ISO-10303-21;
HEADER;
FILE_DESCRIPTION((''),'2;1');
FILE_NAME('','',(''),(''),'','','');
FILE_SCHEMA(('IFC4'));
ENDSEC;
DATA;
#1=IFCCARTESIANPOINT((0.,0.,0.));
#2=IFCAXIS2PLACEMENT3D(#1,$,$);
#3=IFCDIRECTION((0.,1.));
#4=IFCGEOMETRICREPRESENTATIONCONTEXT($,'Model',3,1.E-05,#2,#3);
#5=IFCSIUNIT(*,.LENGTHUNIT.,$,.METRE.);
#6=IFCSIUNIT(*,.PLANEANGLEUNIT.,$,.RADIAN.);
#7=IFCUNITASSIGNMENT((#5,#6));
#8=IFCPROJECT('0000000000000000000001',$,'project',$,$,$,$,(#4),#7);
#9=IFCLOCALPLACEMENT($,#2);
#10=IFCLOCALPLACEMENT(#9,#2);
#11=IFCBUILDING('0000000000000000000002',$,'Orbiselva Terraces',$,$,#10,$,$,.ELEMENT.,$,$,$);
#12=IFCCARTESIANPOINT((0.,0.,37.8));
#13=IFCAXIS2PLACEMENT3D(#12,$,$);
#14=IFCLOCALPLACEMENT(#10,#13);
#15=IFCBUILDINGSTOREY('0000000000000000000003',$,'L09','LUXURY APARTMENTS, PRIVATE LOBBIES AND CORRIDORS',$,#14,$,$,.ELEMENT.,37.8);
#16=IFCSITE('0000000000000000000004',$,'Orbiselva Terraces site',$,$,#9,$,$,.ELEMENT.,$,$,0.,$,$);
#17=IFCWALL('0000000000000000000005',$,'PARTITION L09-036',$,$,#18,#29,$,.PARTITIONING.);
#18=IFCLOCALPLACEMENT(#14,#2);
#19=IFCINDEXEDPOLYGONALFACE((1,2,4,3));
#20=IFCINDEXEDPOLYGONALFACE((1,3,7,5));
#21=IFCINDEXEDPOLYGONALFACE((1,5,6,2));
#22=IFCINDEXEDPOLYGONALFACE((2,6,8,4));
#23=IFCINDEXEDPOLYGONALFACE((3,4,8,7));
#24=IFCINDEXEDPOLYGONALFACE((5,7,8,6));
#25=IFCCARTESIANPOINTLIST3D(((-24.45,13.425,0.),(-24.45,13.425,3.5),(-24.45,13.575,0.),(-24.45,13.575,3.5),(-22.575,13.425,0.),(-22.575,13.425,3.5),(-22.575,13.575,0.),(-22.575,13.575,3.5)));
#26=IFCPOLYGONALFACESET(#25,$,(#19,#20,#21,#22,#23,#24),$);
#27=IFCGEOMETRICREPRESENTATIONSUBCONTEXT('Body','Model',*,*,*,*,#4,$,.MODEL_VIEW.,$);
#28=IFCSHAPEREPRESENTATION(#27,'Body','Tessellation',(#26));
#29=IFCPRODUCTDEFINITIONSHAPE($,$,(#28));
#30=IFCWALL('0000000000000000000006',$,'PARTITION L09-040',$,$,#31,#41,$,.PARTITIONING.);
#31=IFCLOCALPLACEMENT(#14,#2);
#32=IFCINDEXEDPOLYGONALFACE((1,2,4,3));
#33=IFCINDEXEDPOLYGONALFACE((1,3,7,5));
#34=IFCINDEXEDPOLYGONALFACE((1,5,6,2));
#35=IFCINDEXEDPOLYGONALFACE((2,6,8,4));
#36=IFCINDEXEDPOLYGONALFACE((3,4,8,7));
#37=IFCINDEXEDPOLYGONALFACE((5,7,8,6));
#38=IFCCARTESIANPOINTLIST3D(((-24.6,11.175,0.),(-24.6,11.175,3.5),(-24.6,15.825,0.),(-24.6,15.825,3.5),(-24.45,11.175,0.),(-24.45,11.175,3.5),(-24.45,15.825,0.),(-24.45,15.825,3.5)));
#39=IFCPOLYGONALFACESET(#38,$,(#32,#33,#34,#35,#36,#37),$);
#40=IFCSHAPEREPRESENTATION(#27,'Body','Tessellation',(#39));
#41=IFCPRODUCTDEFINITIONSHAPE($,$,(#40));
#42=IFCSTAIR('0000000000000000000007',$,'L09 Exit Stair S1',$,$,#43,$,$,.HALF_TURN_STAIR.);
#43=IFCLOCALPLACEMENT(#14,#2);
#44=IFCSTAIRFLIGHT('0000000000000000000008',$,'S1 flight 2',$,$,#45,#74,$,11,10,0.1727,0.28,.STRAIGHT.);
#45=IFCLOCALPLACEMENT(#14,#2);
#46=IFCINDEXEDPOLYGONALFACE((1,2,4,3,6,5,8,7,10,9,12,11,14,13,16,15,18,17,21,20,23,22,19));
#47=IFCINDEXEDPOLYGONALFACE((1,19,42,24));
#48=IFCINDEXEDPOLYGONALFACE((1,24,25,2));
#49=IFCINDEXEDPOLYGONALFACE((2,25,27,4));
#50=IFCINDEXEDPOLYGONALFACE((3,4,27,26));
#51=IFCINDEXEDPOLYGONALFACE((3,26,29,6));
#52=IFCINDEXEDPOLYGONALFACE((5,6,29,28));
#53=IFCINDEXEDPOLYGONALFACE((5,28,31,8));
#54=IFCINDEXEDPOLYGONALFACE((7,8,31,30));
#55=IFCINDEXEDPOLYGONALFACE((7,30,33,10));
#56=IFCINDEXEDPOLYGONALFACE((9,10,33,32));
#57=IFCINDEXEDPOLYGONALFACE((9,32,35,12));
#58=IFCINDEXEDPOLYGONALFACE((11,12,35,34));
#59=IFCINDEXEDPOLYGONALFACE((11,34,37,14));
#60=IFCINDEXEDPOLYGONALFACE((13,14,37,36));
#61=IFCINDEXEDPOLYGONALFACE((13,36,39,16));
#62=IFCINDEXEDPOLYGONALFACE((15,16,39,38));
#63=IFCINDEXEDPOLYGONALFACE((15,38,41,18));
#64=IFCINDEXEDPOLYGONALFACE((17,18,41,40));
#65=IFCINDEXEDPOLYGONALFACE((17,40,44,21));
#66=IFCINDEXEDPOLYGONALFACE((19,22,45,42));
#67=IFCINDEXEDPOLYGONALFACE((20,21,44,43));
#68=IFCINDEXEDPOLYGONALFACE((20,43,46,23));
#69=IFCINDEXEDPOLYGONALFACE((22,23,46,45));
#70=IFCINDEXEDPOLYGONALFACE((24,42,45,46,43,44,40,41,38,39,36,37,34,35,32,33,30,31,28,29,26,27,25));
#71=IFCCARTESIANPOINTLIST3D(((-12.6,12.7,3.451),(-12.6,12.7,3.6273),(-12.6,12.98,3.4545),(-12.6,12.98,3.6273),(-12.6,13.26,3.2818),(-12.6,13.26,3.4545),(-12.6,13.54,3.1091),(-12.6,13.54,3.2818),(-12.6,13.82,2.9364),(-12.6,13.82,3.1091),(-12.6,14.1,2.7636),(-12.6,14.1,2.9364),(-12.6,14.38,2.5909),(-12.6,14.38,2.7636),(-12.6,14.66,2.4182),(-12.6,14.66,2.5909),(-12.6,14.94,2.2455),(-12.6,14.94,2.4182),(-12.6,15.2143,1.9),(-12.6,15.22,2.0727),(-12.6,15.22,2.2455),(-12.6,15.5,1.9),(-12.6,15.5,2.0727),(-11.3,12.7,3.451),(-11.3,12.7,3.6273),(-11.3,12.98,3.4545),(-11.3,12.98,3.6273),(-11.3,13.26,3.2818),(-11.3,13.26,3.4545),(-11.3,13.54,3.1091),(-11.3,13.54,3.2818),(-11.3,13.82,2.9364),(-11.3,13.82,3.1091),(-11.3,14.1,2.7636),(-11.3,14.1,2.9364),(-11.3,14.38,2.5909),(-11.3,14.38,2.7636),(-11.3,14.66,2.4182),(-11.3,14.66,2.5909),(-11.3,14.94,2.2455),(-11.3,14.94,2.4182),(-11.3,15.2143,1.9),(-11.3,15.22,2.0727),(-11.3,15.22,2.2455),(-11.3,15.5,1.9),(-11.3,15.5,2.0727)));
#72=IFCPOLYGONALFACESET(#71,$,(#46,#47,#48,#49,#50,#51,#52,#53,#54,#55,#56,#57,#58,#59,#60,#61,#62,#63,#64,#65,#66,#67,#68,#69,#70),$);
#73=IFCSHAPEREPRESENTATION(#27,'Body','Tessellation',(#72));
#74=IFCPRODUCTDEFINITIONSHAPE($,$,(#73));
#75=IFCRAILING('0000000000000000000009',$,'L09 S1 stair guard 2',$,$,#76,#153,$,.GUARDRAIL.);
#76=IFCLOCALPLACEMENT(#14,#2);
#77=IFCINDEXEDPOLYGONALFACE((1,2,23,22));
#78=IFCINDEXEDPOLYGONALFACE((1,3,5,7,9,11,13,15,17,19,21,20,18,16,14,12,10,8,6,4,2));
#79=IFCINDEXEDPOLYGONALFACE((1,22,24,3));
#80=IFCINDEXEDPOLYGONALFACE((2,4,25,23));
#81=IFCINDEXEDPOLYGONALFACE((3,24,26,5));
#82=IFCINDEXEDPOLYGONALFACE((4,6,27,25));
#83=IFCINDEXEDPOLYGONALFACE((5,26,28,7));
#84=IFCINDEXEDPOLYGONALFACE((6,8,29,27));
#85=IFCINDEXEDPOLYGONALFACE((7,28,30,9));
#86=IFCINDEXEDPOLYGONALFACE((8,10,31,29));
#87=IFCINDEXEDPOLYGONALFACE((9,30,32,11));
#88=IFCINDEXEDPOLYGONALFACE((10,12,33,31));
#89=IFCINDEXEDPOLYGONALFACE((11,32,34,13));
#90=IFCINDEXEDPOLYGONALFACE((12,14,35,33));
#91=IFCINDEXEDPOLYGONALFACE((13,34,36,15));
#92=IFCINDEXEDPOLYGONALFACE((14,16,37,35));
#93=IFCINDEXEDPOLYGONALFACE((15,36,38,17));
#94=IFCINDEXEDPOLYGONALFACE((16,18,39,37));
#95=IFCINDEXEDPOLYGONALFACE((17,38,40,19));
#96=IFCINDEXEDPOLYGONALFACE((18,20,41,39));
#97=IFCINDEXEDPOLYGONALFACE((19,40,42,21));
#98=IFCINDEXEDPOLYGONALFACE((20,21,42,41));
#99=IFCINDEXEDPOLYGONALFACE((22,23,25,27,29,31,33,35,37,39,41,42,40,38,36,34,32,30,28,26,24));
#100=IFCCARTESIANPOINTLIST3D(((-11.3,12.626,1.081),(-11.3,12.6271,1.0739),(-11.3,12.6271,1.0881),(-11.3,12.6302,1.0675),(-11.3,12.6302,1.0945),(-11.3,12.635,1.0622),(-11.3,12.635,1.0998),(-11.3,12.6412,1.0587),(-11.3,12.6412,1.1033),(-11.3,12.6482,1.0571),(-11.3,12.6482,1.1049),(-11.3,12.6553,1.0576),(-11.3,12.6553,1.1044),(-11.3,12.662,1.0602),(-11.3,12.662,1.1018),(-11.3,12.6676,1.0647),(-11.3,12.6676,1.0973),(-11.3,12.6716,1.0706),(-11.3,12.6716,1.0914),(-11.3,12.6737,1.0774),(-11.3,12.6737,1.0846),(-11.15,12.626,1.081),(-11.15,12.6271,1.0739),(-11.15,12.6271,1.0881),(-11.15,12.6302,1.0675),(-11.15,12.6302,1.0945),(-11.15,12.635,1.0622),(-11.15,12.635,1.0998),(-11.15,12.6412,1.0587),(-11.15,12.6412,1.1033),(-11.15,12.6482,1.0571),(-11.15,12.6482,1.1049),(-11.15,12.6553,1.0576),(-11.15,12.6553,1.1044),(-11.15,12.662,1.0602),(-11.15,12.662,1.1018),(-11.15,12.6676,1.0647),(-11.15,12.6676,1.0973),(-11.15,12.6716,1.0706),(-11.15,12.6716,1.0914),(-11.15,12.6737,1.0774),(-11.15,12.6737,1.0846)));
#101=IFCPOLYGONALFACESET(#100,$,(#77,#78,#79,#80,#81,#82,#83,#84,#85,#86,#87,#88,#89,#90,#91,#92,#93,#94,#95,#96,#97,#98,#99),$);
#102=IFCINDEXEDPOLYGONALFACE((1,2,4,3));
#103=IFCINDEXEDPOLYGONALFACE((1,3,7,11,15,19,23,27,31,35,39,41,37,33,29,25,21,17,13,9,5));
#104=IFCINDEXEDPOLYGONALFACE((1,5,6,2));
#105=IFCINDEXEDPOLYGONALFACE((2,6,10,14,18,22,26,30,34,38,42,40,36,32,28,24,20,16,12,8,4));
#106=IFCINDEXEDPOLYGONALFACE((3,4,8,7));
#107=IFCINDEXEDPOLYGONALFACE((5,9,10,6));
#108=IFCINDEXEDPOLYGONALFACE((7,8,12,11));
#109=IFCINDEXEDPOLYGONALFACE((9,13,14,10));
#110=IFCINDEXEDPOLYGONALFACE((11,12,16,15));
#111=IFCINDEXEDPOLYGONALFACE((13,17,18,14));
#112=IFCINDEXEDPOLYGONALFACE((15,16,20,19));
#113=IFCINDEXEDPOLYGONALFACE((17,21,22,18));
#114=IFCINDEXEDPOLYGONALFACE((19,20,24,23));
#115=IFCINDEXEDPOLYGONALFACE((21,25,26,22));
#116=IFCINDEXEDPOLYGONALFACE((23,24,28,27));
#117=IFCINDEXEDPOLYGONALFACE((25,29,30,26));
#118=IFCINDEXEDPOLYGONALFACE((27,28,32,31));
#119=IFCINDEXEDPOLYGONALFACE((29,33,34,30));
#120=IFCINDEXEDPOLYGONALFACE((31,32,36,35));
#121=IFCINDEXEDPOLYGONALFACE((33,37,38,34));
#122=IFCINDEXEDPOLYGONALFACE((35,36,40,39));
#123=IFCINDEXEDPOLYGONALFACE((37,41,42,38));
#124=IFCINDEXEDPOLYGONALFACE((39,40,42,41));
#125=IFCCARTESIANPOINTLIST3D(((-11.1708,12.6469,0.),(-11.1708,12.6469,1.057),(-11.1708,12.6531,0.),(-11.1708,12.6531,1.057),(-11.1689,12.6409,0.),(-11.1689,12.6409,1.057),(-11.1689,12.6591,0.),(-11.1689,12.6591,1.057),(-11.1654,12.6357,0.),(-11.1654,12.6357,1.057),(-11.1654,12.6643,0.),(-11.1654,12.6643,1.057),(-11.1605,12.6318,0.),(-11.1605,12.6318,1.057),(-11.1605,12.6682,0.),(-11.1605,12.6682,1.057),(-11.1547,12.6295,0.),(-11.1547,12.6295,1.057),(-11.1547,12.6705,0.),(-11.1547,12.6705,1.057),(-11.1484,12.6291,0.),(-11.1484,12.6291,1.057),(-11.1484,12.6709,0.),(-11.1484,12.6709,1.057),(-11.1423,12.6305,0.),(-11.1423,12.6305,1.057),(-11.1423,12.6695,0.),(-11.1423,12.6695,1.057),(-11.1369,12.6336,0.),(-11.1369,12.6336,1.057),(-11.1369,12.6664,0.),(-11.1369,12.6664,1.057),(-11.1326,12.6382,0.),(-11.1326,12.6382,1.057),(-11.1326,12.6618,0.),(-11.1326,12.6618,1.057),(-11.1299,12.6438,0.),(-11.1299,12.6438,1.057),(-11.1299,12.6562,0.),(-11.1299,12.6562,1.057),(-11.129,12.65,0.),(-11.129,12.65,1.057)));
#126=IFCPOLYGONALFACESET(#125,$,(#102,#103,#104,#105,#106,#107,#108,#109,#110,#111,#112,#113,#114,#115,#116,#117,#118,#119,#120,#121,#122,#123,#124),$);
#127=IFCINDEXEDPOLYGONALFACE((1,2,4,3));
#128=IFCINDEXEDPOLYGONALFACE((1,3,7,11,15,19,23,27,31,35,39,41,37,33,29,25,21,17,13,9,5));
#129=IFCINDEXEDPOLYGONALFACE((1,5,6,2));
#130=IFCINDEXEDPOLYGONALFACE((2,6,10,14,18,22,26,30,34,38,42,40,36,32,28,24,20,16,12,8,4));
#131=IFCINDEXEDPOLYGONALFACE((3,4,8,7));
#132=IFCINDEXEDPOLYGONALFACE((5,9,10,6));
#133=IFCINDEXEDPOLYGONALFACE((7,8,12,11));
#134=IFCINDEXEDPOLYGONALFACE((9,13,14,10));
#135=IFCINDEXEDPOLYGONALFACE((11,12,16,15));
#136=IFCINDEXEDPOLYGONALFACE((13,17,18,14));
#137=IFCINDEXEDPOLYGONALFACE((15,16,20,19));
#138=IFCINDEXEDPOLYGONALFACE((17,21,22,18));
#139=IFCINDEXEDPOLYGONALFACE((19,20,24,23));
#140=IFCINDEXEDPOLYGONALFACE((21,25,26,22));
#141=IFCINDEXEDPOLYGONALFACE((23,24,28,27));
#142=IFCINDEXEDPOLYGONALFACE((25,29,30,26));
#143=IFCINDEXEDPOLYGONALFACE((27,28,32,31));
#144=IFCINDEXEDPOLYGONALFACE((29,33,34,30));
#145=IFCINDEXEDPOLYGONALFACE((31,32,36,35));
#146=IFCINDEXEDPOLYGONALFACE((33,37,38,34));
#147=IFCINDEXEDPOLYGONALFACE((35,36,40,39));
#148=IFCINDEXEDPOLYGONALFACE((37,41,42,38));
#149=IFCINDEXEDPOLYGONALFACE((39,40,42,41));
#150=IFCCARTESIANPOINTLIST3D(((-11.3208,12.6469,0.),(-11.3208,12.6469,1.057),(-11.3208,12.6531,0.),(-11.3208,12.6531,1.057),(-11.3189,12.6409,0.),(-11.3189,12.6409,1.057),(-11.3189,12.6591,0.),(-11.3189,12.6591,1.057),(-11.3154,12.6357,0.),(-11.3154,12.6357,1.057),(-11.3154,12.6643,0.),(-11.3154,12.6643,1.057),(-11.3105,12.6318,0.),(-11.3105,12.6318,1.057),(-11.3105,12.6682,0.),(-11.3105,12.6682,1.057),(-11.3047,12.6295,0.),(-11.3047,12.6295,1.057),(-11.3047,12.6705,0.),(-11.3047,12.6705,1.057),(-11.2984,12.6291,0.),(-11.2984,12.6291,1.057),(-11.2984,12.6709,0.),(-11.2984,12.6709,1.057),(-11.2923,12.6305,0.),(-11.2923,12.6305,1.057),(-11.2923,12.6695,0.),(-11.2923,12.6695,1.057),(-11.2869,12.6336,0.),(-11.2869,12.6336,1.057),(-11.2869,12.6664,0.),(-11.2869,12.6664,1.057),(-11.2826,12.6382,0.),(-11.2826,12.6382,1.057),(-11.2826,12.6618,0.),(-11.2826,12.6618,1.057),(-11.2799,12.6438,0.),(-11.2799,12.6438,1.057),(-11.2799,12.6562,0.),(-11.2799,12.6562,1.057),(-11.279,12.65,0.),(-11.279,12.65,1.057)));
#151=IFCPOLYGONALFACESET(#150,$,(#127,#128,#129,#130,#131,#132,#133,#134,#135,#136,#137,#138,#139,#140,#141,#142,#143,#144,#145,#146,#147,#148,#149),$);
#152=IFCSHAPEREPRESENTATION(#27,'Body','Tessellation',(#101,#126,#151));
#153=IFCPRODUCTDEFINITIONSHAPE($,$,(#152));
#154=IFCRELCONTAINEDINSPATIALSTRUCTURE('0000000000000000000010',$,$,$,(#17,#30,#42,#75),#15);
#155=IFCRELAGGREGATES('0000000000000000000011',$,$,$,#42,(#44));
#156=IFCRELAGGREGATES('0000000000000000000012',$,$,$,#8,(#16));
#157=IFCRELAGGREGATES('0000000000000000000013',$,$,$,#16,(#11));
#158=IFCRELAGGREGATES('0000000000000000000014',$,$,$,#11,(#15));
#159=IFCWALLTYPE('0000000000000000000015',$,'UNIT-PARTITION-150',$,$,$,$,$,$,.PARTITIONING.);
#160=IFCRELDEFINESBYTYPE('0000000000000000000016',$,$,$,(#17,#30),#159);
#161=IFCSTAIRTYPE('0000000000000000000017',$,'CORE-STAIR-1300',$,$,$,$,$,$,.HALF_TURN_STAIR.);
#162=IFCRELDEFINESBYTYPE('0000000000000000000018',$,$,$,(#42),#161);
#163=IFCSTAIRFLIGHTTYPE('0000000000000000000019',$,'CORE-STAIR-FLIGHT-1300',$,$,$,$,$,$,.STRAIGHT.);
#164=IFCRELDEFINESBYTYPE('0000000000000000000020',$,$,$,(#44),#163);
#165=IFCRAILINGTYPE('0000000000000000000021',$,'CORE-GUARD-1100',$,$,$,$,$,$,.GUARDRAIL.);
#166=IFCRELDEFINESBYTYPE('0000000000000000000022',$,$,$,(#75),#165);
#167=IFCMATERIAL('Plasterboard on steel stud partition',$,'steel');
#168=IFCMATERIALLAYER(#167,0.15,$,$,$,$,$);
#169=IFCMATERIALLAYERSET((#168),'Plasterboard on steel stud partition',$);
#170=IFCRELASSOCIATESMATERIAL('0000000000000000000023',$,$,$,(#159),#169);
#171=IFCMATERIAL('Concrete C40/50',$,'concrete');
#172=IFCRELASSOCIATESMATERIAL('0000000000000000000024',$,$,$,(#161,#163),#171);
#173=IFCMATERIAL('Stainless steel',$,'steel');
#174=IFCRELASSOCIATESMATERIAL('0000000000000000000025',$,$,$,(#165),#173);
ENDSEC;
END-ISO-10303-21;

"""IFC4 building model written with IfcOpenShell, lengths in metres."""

from ifc_helpers import new_model, si_unit, direction, frame, frame_2d, origin, origin_2d, place, context, subcontext, project, spatial, polyline, rectangle, circle, outline, extrude, material, layer, layer_set, type_object, element, aggregate, save


model = new_model("IFC4")

# Units and contexts
model_context = context("Model", 3, precision=1e-05, world=origin(), true_north=direction((0.0, 1.0)))
body_context = subcontext(model_context, "Body", "Model", "MODEL_VIEW")
ifc_project = project(units=[si_unit("LENGTHUNIT", "METRE"), si_unit("PLANEANGLEUNIT", "RADIAN")], contexts=[model_context])

# Site, building, storey
site_placement = place(None, origin())
site = spatial("IfcSite", under=ifc_project, at=site_placement, Name="Orbiselva Terraces site", CompositionType="ELEMENT", RefElevation=0.0)
building_placement = place(site_placement, origin())
building = spatial("IfcBuilding", under=site, at=building_placement, Name="Orbiselva Terraces", CompositionType="ELEMENT")
storey_placement = place(building_placement, frame((0.0, 0.0, 37.8)))
storey = spatial("IfcBuildingStorey", under=building, at=storey_placement, Name="L09", Description="LUXURY APARTMENTS, PRIVATE LOBBIES AND CORRIDORS", CompositionType="ELEMENT", Elevation=37.8)

# Shared definitions
ifc_material_1 = material(Name="Plasterboard on steel stud partition", Category="steel")

# Shared definitions
ifc_layer_1 = layer(ifc_material_1, 0.15)
ifc_layer_set_1 = layer_set([ifc_layer_1], Name="Plasterboard on steel stud partition")
wall_type_1 = type_object("IfcWallType", Name="UNIT-PARTITION-150", PredefinedType="PARTITIONING", material=ifc_layer_set_1)

# Walls
wall_1_placement = place(storey_placement, frame((-24.45, 13.5, 0.0), z_axis=(0.0, 0.0, 1.0), x_axis=(1.0, 0.0, 0.0)))
element("IfcWall", 1, at=wall_1_placement, inside=storey, type_object=wall_type_1, Name="PARTITION L09-036", PredefinedType="PARTITIONING", context=body_context, shape_type="SweptSolid", body=[
    extrude(rectangle(XDim=1.875, YDim=0.15, at=frame_2d((0.9375, 0.0))), origin(), (0.0, 0.0, 1.0), 3.5),
])
wall_2_placement = place(storey_placement, frame((-24.525, 11.175, 0.0), z_axis=(0.0, 0.0, 1.0), x_axis=(0.0, 1.0, 0.0)))
element("IfcWall", 2, at=wall_2_placement, inside=storey, type_object=wall_type_1, Name="PARTITION L09-040", PredefinedType="PARTITIONING", context=body_context, shape_type="SweptSolid", body=[
    extrude(rectangle(XDim=4.65, YDim=0.15, at=frame_2d((2.325, 0.0))), origin(), (0.0, 0.0, 1.0), 3.5),
])

# Stair, stair flight
ifc_material_2 = material(Name="Concrete C40/50", Category="concrete")
stair_type = type_object("IfcStairType", Name="CORE-STAIR-1300", PredefinedType="HALF_TURN_STAIR", material=ifc_material_2)
stair_placement = place(storey_placement, origin())
stair = element("IfcStair", 3, at=stair_placement, inside=storey, type_object=stair_type, Name="L09 Exit Stair S1", PredefinedType="HALF_TURN_STAIR")
stair_flight_type = type_object("IfcStairFlightType", Name="CORE-STAIR-FLIGHT-1300", PredefinedType="STRAIGHT", material=ifc_material_2)
stair_flight_placement = place(storey_placement, frame((-11.95, 15.5, 1.9), z_axis=(0.0, 0.0, 1.0), x_axis=(0.0, -1.0, 0.0)))
stair_flight = element("IfcStairFlight", 4, at=stair_flight_placement, type_object=stair_flight_type, Name="S1 flight 2", NumberOfRisers=11, NumberOfTreads=10, PredefinedType="STRAIGHT", RiserHeight=0.1727, TreadLength=0.28, context=body_context, shape_type="SweptSolid", body=[
    extrude(outline(polyline([(0.0, 0.0), (0.0, 0.1727), (0.28, 0.1727), (0.28, 0.3455), (0.56, 0.3455), (0.56, 0.5182), (0.84, 0.5182), (0.84, 0.6909), (1.12, 0.6909), (1.12, 0.8636), (1.4, 0.8636), (1.4, 1.0364), (1.68, 1.0364), (1.68, 1.2091), (1.96, 1.2091), (1.96, 1.3818), (2.24, 1.3818), (2.24, 1.5545), (2.52, 1.5545), (2.52, 1.7273), (2.8, 1.7273), (2.8, 1.9), (2.8, 1.551), (0.2857, 0.0), (0.0, 0.0)])), frame((0.0, 0.65, 0.0), z_axis=(0.0, -1.0, 0.0), x_axis=(1.0, 0.0, 0.0)), (0.0, 0.0, 1.0), 1.3),
])
aggregate(stair, [stair_flight])

# Railing
ifc_material_3 = material(Name="Stainless steel", Category="steel")
railing_type_1 = type_object("IfcRailingType", Name="CORE-GUARD-1100", PredefinedType="GUARDRAIL", material=ifc_material_3)
railing_1_placement = place(storey_placement, frame((-11.15, 12.65, 0.0)))
element("IfcRailing", 5, at=railing_1_placement, inside=storey, type_object=railing_type_1, Name="L09 S1 stair guard 2", PredefinedType="GUARDRAIL", context=body_context, shape_type="SweptSolid", body=[
    extrude(circle(Radius=0.024, at=origin_2d()), frame((0.0, 0.0, 1.081), z_axis=(-1.0, 0.0, 0.0), x_axis=(0.0, -1.0, 0.0)), (0.0, 0.0, 1.0), 0.15),
    extrude(circle(Radius=0.021, at=origin_2d()), origin(), (0.0, 0.0, 1.0), 1.057),
    extrude(circle(Radius=0.021, at=origin_2d()), frame((-0.15, 0.0, 0.0)), (0.0, 0.0, 1.0), 1.057),
])

save(model, "model.ifc")
